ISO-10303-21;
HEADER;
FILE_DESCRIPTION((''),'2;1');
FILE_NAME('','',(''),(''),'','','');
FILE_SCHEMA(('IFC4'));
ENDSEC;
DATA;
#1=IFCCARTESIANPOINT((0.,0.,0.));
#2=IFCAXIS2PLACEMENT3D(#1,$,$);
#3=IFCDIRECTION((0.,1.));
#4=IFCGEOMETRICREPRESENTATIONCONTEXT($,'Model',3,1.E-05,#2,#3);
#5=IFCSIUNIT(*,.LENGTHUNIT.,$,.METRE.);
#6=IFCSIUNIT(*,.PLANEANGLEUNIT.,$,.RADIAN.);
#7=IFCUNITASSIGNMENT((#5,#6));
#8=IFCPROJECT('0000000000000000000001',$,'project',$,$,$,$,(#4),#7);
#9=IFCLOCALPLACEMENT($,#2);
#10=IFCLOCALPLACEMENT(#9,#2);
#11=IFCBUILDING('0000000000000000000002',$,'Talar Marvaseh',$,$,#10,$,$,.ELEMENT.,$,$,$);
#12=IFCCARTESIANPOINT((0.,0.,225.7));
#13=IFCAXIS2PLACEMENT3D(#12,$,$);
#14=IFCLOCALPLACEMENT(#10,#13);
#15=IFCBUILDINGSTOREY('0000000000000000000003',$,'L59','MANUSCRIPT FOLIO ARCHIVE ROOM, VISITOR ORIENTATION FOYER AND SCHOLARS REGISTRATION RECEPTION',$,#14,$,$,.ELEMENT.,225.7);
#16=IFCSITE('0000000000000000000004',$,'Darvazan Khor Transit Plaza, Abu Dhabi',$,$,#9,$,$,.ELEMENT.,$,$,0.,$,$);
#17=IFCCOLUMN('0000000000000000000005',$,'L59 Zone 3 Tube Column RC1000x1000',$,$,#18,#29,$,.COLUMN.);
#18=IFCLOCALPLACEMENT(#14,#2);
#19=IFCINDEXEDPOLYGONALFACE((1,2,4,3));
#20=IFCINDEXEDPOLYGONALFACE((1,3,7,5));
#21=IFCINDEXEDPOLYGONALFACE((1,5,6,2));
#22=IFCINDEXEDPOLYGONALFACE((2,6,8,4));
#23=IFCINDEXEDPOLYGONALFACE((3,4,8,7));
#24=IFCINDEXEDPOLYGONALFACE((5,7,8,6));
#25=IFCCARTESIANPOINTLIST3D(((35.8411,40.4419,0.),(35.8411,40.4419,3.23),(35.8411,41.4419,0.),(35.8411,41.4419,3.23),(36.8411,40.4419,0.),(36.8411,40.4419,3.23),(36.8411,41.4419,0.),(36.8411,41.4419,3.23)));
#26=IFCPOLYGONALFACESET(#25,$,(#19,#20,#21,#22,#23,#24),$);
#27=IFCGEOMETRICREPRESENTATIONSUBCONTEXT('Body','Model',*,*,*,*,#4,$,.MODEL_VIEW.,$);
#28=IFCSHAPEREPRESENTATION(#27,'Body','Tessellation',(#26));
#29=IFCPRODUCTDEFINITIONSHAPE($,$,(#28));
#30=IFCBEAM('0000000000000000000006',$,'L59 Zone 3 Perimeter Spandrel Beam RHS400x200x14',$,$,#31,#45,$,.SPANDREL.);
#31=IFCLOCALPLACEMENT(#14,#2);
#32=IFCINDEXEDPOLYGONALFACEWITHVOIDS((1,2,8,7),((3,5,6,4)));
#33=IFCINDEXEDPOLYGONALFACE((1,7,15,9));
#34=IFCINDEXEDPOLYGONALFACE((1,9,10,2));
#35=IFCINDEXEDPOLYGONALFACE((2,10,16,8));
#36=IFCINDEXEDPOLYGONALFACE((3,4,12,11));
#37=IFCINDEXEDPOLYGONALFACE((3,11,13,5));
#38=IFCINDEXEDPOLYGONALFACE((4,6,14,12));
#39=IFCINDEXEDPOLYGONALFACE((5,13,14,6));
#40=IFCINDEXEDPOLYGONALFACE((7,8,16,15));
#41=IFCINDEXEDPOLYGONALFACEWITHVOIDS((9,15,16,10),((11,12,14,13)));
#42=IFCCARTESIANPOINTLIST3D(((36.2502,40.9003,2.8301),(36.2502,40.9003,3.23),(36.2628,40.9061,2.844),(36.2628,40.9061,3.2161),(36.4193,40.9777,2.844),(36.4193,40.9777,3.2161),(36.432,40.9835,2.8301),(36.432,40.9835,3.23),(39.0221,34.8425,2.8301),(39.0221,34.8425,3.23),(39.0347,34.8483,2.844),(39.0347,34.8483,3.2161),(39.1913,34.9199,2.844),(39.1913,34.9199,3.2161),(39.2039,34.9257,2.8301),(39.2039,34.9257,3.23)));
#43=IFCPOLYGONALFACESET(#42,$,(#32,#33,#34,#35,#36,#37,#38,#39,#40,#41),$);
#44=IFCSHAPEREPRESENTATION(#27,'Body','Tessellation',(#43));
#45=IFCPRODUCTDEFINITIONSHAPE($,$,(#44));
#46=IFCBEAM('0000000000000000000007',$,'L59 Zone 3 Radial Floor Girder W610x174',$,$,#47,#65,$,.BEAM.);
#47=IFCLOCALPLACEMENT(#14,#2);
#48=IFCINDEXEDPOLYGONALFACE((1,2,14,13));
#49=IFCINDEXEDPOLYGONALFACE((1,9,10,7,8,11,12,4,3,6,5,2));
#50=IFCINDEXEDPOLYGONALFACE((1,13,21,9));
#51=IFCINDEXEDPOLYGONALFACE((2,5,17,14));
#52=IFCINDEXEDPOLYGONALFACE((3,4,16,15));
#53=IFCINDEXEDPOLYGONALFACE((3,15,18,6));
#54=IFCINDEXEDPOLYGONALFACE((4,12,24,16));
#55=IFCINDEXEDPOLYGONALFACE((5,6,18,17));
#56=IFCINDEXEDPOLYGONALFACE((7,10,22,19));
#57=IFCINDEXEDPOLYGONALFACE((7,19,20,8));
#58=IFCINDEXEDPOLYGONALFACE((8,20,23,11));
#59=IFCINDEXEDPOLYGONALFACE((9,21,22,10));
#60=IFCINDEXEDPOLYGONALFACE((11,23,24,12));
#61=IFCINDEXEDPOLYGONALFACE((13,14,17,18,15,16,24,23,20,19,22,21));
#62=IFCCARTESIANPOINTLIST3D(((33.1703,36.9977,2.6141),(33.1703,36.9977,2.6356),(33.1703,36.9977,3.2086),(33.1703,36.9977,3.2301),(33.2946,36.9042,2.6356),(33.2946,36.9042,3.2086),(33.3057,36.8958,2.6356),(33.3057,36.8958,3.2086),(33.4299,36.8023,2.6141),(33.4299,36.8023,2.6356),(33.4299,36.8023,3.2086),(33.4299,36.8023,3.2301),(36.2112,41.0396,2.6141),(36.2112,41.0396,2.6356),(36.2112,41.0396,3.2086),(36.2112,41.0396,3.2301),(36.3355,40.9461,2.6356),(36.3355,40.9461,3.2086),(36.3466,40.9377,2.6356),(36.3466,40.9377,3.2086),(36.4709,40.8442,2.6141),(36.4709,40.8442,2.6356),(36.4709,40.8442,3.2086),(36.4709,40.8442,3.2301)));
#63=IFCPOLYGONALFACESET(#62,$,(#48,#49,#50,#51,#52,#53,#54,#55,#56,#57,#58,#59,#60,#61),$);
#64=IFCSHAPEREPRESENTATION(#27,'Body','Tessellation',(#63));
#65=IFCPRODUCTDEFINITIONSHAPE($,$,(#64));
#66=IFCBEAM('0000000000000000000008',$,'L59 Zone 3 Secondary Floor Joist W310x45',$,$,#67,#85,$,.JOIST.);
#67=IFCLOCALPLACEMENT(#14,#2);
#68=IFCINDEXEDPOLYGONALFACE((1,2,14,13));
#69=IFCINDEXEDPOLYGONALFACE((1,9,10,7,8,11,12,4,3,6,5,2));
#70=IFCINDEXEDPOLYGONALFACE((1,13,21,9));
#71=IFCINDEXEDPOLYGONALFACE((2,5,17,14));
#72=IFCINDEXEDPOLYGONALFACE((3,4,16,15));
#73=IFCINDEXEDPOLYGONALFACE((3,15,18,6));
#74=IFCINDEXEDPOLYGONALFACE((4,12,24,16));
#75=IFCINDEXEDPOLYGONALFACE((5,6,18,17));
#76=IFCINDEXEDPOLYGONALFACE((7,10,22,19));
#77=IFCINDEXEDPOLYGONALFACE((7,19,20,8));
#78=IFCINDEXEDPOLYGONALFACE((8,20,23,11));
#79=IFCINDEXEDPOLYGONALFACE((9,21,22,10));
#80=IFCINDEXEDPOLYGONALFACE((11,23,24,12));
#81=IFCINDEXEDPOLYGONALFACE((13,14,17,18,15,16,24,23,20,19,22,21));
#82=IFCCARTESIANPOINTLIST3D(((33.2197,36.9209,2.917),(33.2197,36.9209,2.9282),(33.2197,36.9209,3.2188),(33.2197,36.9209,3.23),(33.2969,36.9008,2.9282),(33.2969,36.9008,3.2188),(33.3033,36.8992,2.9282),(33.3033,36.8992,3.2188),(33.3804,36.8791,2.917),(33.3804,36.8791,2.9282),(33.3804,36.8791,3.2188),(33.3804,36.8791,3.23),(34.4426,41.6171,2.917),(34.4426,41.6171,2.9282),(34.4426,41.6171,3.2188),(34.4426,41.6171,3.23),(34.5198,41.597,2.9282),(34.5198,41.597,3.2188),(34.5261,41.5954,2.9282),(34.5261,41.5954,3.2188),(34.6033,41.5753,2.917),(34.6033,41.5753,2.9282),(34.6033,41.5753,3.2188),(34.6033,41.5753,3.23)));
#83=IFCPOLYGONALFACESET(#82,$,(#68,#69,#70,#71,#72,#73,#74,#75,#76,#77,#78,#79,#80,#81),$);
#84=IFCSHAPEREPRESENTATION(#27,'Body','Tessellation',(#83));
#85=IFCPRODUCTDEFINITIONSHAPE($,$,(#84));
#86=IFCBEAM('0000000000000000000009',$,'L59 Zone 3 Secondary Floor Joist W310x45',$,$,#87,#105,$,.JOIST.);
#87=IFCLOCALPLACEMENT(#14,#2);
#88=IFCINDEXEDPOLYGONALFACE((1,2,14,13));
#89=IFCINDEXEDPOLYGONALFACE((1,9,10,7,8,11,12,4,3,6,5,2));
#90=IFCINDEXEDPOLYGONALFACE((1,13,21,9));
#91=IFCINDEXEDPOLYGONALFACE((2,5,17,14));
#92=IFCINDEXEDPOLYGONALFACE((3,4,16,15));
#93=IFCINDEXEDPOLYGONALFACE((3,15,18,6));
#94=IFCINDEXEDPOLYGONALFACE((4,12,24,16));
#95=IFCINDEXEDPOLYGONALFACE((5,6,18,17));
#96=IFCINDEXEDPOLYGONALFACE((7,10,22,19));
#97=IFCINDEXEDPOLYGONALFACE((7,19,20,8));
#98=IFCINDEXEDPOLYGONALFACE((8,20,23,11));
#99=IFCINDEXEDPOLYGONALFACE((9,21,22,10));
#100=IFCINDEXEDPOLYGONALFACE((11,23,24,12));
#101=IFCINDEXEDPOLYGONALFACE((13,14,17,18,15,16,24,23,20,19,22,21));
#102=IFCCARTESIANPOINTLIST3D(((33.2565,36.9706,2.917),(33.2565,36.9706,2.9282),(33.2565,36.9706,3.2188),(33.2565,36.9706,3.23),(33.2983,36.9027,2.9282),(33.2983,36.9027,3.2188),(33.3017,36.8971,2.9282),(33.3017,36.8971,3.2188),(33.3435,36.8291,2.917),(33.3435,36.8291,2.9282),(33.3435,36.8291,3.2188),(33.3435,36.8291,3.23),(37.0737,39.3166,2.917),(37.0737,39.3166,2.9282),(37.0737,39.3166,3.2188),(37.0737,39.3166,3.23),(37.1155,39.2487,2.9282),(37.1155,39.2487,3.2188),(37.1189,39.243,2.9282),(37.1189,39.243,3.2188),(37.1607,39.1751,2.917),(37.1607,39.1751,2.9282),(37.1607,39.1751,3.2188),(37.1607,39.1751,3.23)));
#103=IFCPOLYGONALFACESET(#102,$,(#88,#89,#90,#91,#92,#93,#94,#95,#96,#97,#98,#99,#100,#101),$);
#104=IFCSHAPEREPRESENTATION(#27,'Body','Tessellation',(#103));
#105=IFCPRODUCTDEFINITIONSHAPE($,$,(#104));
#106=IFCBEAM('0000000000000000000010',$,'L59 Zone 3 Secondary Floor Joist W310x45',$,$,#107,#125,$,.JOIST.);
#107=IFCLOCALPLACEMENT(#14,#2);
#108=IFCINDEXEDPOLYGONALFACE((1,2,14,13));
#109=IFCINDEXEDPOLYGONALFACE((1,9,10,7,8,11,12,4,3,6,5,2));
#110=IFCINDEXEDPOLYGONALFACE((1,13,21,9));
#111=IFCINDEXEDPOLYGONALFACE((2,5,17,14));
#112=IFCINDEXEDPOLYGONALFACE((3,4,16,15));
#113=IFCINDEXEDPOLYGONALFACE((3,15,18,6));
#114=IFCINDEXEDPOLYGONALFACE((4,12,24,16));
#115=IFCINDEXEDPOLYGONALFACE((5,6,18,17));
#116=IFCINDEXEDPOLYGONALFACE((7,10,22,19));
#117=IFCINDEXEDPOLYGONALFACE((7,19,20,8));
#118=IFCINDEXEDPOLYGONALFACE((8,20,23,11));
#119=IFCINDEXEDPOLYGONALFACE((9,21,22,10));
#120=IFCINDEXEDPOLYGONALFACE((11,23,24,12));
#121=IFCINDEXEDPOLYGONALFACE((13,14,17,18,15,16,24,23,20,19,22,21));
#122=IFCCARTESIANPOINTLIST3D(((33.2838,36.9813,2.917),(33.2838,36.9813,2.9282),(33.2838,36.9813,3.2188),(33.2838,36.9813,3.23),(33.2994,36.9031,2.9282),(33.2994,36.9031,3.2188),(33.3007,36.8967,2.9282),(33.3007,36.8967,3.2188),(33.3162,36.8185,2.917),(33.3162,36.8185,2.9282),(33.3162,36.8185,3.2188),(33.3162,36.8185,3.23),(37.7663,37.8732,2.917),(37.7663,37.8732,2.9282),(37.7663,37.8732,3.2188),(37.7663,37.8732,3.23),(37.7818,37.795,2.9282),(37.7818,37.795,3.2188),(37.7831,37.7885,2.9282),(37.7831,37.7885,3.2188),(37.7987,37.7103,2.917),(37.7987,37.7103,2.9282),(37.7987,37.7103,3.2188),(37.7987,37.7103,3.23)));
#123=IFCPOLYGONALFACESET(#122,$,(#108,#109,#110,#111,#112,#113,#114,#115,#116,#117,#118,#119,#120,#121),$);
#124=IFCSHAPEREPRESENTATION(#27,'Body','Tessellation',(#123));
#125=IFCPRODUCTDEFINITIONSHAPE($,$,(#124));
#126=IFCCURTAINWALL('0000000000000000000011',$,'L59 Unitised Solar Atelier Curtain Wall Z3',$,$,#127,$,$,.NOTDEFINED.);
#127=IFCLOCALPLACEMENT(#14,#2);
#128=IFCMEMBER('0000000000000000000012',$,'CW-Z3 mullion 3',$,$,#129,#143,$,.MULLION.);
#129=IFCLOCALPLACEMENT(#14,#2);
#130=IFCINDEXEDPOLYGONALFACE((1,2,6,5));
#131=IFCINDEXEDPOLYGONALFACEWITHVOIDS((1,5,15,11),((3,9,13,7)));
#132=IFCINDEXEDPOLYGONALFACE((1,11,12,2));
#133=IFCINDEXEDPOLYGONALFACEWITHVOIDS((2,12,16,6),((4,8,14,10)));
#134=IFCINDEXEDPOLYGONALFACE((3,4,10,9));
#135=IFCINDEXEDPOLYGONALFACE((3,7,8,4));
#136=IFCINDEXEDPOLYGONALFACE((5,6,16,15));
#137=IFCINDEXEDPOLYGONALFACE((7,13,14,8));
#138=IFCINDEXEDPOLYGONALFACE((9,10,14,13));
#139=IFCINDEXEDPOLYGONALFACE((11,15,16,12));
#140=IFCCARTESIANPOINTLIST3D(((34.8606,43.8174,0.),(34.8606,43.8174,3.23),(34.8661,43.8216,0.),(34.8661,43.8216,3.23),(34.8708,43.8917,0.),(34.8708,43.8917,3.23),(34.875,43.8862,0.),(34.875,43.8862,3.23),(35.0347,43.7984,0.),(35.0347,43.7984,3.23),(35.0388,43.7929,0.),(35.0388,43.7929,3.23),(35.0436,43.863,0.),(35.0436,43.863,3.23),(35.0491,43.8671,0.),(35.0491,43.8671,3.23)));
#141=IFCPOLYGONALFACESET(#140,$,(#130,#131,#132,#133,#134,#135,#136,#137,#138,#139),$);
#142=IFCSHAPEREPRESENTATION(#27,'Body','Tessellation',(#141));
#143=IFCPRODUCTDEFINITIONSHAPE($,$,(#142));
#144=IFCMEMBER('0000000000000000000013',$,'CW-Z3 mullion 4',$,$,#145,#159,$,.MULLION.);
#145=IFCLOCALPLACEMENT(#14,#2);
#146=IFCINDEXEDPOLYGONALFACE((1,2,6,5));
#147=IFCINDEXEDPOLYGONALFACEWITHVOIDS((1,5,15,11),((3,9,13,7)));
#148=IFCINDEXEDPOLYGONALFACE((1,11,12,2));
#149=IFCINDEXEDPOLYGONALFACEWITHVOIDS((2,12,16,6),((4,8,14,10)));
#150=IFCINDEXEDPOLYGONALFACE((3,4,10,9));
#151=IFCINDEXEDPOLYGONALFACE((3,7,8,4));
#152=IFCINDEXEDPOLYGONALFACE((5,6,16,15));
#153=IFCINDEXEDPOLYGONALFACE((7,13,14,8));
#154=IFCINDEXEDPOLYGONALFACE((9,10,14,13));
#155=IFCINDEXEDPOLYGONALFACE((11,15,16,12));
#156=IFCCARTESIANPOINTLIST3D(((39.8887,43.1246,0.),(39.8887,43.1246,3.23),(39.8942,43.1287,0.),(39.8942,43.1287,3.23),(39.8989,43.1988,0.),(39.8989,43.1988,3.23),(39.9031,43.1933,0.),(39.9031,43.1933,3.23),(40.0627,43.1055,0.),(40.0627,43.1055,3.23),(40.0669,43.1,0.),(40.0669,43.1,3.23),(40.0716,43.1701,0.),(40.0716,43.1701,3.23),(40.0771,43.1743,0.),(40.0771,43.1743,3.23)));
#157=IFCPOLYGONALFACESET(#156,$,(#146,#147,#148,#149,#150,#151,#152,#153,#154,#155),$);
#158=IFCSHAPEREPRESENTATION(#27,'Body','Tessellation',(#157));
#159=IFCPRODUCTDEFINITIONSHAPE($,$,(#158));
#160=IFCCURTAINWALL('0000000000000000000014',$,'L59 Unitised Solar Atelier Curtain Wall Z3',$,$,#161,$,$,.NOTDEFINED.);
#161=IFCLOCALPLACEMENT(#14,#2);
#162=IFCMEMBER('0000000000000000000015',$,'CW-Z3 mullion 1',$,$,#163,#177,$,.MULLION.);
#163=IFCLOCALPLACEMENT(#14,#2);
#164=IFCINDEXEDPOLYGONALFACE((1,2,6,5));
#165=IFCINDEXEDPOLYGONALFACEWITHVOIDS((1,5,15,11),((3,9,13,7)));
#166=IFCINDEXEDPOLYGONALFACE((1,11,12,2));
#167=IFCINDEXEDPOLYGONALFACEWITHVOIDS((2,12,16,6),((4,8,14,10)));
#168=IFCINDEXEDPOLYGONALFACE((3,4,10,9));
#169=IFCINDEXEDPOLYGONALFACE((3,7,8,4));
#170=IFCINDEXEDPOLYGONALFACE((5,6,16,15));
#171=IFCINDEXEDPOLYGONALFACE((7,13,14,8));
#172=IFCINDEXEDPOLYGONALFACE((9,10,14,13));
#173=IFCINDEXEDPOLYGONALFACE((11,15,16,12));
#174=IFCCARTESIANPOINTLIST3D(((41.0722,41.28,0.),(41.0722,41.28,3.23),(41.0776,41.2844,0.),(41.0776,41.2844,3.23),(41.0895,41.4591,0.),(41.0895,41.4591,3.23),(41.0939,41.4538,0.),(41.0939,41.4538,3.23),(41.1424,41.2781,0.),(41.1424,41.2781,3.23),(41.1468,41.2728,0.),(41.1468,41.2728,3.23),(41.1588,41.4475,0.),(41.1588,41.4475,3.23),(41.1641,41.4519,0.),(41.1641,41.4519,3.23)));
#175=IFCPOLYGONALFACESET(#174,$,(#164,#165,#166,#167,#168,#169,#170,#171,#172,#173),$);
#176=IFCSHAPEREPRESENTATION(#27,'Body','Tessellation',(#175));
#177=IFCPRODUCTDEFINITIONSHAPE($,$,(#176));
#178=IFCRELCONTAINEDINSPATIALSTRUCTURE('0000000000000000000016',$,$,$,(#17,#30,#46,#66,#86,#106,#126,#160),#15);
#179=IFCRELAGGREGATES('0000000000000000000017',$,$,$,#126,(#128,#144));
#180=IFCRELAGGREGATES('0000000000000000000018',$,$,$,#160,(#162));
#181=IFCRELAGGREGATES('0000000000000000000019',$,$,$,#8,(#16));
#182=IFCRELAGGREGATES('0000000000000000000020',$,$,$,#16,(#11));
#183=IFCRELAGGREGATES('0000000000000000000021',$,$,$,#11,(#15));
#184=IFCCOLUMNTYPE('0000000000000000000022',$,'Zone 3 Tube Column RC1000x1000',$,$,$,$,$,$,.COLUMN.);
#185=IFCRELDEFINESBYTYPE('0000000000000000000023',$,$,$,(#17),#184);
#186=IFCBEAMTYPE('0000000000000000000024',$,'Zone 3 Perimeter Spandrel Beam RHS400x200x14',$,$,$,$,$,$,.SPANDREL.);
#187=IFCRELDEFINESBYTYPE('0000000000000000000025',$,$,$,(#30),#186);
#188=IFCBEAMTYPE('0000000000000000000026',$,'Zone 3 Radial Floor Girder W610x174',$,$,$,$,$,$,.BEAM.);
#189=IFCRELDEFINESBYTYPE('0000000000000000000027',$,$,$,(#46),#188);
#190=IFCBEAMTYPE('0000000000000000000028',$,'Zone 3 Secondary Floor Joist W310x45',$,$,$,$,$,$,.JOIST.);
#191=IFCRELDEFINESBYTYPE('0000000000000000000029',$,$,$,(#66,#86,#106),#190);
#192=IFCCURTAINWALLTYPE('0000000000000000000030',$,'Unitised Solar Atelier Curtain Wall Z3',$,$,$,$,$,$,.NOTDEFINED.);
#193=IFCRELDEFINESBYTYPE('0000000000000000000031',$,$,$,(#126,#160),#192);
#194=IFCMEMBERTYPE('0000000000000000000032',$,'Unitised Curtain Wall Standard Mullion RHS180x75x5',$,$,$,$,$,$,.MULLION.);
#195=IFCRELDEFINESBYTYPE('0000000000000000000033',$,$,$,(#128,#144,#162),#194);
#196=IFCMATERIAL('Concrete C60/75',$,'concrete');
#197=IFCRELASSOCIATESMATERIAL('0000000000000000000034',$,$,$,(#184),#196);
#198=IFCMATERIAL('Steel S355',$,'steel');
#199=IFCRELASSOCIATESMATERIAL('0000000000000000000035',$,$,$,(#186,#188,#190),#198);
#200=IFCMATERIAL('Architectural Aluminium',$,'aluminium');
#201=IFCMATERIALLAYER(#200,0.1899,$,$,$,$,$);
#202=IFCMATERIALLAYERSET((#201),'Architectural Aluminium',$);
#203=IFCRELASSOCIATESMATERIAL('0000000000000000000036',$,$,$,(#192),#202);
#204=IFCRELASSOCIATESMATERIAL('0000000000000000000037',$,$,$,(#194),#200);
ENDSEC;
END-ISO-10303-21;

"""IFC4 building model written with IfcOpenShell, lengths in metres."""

from ifc_helpers import new_model, si_unit, direction, frame, origin, origin_2d, place, context, subcontext, project, spatial, rectangle, hollow_rectangle, i_section, extrude, source, transform, mapped, material, layer, layer_set, material_profile, profile_set, type_object, type_shapes, element, aggregate, save


model = new_model("IFC4")

# Units and contexts
model_context = context("Model", 3, precision=1e-05, world=origin(), true_north=direction((0.0, 1.0)))
body_context = subcontext(model_context, "Body", "Model", "MODEL_VIEW")
ifc_project = project(units=[si_unit("LENGTHUNIT", "METRE"), si_unit("PLANEANGLEUNIT", "RADIAN")], contexts=[model_context])

# Site, building, storey
site_placement = place(None, origin())
site = spatial("IfcSite", under=ifc_project, at=site_placement, Name="Darvazan Khor Transit Plaza, Abu Dhabi", CompositionType="ELEMENT", RefElevation=0.0)
building_placement = place(site_placement, origin())
building = spatial("IfcBuilding", under=site, at=building_placement, Name="Talar Marvaseh", CompositionType="ELEMENT")
storey_placement = place(building_placement, frame((0.0, 0.0, 225.7)))
storey = spatial("IfcBuildingStorey", under=building, at=storey_placement, Name="L59", Description="MANUSCRIPT FOLIO ARCHIVE ROOM, VISITOR ORIENTATION FOYER AND SCHOLARS REGISTRATION RECEPTION", CompositionType="ELEMENT", Elevation=225.7)

# Column
ifc_material_1 = material(Name="Concrete C60/75", Category="concrete")
ifc_material_profile_1 = material_profile(ifc_material_1, rectangle(XDim=1.0, YDim=1.0, at=origin_2d()), Name="RC1000x1000")
ifc_profile_set_1 = profile_set([ifc_material_profile_1], Name="Concrete C60/75")
column_type = type_object("IfcColumnType", Name="Zone 3 Tube Column RC1000x1000", PredefinedType="COLUMN", material=ifc_profile_set_1)
column_placement = place(storey_placement, frame((36.3411, 40.9419, 0.0), z_axis=(0.0, 0.0, 1.0), x_axis=(1.0, 0.0, 0.0)))
element("IfcColumn", 1, at=column_placement, inside=storey, type_object=column_type, Name="L59 Zone 3 Tube Column RC1000x1000", PredefinedType="COLUMN", context=body_context, shape_type="SweptSolid", body=[
    extrude(rectangle(XDim=1.0, YDim=1.0, at=origin_2d()), origin(), (0.0, 0.0, 1.0), 3.23),
])

# Beams
ifc_material_2 = material(Name="Steel S355", Category="steel")
ifc_material_profile_2 = material_profile(ifc_material_2, hollow_rectangle(XDim=0.2, YDim=0.3999, WallThickness=0.0139, at=origin_2d()), Name="RHS400x200x14")
ifc_profile_set_2 = profile_set([ifc_material_profile_2], Name="Steel S355")
beam_type_1 = type_object("IfcBeamType", Name="Zone 3 Perimeter Spandrel Beam RHS400x200x14", PredefinedType="SPANDREL", material=ifc_profile_set_2)
beam_1_placement = place(storey_placement, frame((36.3411, 40.9419, 3.03), z_axis=(0.416091, -0.909323, 0.0), x_axis=(0.909323, 0.416091, 0.0)))
element("IfcBeam", 2, at=beam_1_placement, inside=storey, type_object=beam_type_1, Name="L59 Zone 3 Perimeter Spandrel Beam RHS400x200x14", PredefinedType="SPANDREL", context=body_context, shape_type="SweptSolid", body=[
    extrude(hollow_rectangle(XDim=0.2, YDim=0.3999, WallThickness=0.0139, at=origin_2d()), origin(), (0.0, 0.0, 1.0), 6.6619),
])
ifc_material_profile_3 = material_profile(ifc_material_2, i_section(OverallWidth=0.325, OverallDepth=0.616, WebThickness=0.0139, FlangeThickness=0.0215, at=origin_2d()), Name="W610x174")
ifc_profile_set_3 = profile_set([ifc_material_profile_3], Name="Steel S355")
beam_type_2 = type_object("IfcBeamType", Name="Zone 3 Radial Floor Girder W610x174", PredefinedType="BEAM", material=ifc_profile_set_3)
beam_2_placement = place(storey_placement, frame((36.3411, 40.9419, 2.9221), z_axis=(-0.601204, -0.799096, 0.0), x_axis=(0.799096, -0.601204, 0.0)))
element("IfcBeam", 3, at=beam_2_placement, inside=storey, type_object=beam_type_2, Name="L59 Zone 3 Radial Floor Girder W610x174", PredefinedType="BEAM", context=body_context, shape_type="SweptSolid", body=[
    extrude(i_section(OverallWidth=0.325, OverallDepth=0.616, WebThickness=0.0139, FlangeThickness=0.0215, at=origin_2d()), origin(), (0.0, 0.0, 1.0), 5.0581),
])
ifc_material_profile_4 = material_profile(ifc_material_2, i_section(OverallWidth=0.166, OverallDepth=0.313, WebThickness=0.0066, FlangeThickness=0.0112, at=origin_2d()), Name="W310x45")
ifc_profile_set_4 = profile_set([ifc_material_profile_4], Name="Steel S355")
beam_type_3 = type_object("IfcBeamType", Name="Zone 3 Secondary Floor Joist W310x45", PredefinedType="JOIST", material=ifc_profile_set_4)
beam_3_placement = place(storey_placement, frame((34.5229, 41.5962, 3.0735), z_axis=(-0.251994, -0.967729, 0.0), x_axis=(0.967729, -0.251994, 0.0)))
element("IfcBeam", 4, at=beam_3_placement, inside=storey, type_object=beam_type_3, Name="L59 Zone 3 Secondary Floor Joist W310x45", PredefinedType="JOIST", context=body_context, shape_type="SweptSolid", body=[
    extrude(i_section(OverallWidth=0.166, OverallDepth=0.313, WebThickness=0.0066, FlangeThickness=0.0112, at=origin_2d()), origin(), (0.0, 0.0, 1.0), 4.8528),
])
beam_4_placement = place(storey_placement, frame((37.1172, 39.2458, 3.0735), z_axis=(-0.851963, -0.523602, 0.0), x_axis=(0.523602, -0.851963, 0.0)))
element("IfcBeam", 5, at=beam_4_placement, inside=storey, type_object=beam_type_3, Name="L59 Zone 3 Secondary Floor Joist W310x45", PredefinedType="JOIST", context=body_context, shape_type="SweptSolid", body=[
    extrude(i_section(OverallWidth=0.166, OverallDepth=0.313, WebThickness=0.0066, FlangeThickness=0.0112, at=origin_2d()), origin(), (0.0, 0.0, 1.0), 4.4805),
])
beam_5_placement = place(storey_placement, frame((37.7825, 37.7917, 3.0735), z_axis=(-0.980775, -0.19514, 0.0), x_axis=(0.19514, -0.980775, 0.0)))
element("IfcBeam", 6, at=beam_5_placement, inside=storey, type_object=beam_type_3, Name="L59 Zone 3 Secondary Floor Joist W310x45", PredefinedType="JOIST", context=body_context, shape_type="SweptSolid", body=[
    extrude(i_section(OverallWidth=0.166, OverallDepth=0.313, WebThickness=0.0066, FlangeThickness=0.0112, at=origin_2d()), origin(), (0.0, 0.0, 1.0), 4.5703),
])

# Curtain walls, members
ifc_material_3 = material(Name="Architectural Aluminium", Category="aluminium")
ifc_layer_1 = layer(ifc_material_3, 0.1899)
ifc_layer_set_1 = layer_set([ifc_layer_1], Name="Architectural Aluminium")
curtain_wall_type = type_object("IfcCurtainWallType", Name="Unitised Solar Atelier Curtain Wall Z3", PredefinedType="NOTDEFINED", material=ifc_layer_set_1)
curtain_wall_1_placement = place(storey_placement, origin())
curtain_wall_1 = element("IfcCurtainWall", 7, at=curtain_wall_1_placement, inside=storey, type_object=curtain_wall_type, Name="L59 Unitised Solar Atelier Curtain Wall Z3", PredefinedType="NOTDEFINED")
ifc_material_profile_5 = material_profile(ifc_material_3, hollow_rectangle(XDim=0.075, YDim=0.1799, WallThickness=0.0049, at=origin_2d()), Name="RHS180x75x5")
ifc_profile_set_5 = profile_set([ifc_material_profile_5], Name="Architectural Aluminium")
member_type_1 = type_object("IfcMemberType", Name="Unitised Curtain Wall Standard Mullion RHS180x75x5", PredefinedType="MULLION", material=ifc_profile_set_5)
shared_shape_1 = source(origin(), body_context, "Body", "SweptSolid", [
    extrude(hollow_rectangle(XDim=0.075, YDim=0.1799, WallThickness=0.0049, at=origin_2d()), origin(), (0.0, 0.0, 1.0), 3.23),
])
type_shapes(member_type_1, [shared_shape_1])
member_1_placement = place(storey_placement, frame((34.9548, 43.8423, 0.0), z_axis=(0.0, 0.0, 1.0), x_axis=(0.136515, 0.990638, 0.0)))
member_1 = element("IfcMember", 8, at=member_1_placement, type_object=member_type_1, Name="CW-Z3 mullion 3", PredefinedType="MULLION", context=body_context, shape_type="MappedRepresentation", body=[
    mapped(shared_shape_1, transform((0.0, 0.0, 0.0), x_axis=(1.0, 0.0, 0.0), y_axis=(0.0, 1.0, 0.0), z_axis=(0.0, 0.0, 1.0), scale=1.0)),
])
member_2_placement = place(storey_placement, frame((39.9829, 43.1494, 0.0), z_axis=(0.0, 0.0, 1.0), x_axis=(0.136515, 0.990638, 0.0)))
member_2 = element("IfcMember", 9, at=member_2_placement, type_object=member_type_1, Name="CW-Z3 mullion 4", PredefinedType="MULLION", context=body_context, shape_type="MappedRepresentation", body=[
    mapped(shared_shape_1, transform((0.0, 0.0, 0.0), x_axis=(1.0, 0.0, 0.0), y_axis=(0.0, 1.0, 0.0), z_axis=(0.0, 0.0, 1.0), scale=1.0)),
])
curtain_wall_2_placement = place(storey_placement, origin())
curtain_wall_2 = element("IfcCurtainWall", 10, at=curtain_wall_2_placement, inside=storey, type_object=curtain_wall_type, Name="L59 Unitised Solar Atelier Curtain Wall Z3", PredefinedType="NOTDEFINED")
member_3_placement = place(storey_placement, frame((41.1182, 41.366, 0.0), z_axis=(0.0, 0.0, 1.0), x_axis=(0.995382, -0.095997, 0.0)))
member_3 = element("IfcMember", 11, at=member_3_placement, type_object=member_type_1, Name="CW-Z3 mullion 1", PredefinedType="MULLION", context=body_context, shape_type="MappedRepresentation", body=[
    mapped(shared_shape_1, transform((0.0, 0.0, 0.0), x_axis=(1.0, 0.0, 0.0), y_axis=(0.0, 1.0, 0.0), z_axis=(0.0, 0.0, 1.0), scale=1.0)),
])

aggregate(curtain_wall_1, [member_1, member_2])
aggregate(curtain_wall_2, [member_3])

save(model, "model.ifc")
